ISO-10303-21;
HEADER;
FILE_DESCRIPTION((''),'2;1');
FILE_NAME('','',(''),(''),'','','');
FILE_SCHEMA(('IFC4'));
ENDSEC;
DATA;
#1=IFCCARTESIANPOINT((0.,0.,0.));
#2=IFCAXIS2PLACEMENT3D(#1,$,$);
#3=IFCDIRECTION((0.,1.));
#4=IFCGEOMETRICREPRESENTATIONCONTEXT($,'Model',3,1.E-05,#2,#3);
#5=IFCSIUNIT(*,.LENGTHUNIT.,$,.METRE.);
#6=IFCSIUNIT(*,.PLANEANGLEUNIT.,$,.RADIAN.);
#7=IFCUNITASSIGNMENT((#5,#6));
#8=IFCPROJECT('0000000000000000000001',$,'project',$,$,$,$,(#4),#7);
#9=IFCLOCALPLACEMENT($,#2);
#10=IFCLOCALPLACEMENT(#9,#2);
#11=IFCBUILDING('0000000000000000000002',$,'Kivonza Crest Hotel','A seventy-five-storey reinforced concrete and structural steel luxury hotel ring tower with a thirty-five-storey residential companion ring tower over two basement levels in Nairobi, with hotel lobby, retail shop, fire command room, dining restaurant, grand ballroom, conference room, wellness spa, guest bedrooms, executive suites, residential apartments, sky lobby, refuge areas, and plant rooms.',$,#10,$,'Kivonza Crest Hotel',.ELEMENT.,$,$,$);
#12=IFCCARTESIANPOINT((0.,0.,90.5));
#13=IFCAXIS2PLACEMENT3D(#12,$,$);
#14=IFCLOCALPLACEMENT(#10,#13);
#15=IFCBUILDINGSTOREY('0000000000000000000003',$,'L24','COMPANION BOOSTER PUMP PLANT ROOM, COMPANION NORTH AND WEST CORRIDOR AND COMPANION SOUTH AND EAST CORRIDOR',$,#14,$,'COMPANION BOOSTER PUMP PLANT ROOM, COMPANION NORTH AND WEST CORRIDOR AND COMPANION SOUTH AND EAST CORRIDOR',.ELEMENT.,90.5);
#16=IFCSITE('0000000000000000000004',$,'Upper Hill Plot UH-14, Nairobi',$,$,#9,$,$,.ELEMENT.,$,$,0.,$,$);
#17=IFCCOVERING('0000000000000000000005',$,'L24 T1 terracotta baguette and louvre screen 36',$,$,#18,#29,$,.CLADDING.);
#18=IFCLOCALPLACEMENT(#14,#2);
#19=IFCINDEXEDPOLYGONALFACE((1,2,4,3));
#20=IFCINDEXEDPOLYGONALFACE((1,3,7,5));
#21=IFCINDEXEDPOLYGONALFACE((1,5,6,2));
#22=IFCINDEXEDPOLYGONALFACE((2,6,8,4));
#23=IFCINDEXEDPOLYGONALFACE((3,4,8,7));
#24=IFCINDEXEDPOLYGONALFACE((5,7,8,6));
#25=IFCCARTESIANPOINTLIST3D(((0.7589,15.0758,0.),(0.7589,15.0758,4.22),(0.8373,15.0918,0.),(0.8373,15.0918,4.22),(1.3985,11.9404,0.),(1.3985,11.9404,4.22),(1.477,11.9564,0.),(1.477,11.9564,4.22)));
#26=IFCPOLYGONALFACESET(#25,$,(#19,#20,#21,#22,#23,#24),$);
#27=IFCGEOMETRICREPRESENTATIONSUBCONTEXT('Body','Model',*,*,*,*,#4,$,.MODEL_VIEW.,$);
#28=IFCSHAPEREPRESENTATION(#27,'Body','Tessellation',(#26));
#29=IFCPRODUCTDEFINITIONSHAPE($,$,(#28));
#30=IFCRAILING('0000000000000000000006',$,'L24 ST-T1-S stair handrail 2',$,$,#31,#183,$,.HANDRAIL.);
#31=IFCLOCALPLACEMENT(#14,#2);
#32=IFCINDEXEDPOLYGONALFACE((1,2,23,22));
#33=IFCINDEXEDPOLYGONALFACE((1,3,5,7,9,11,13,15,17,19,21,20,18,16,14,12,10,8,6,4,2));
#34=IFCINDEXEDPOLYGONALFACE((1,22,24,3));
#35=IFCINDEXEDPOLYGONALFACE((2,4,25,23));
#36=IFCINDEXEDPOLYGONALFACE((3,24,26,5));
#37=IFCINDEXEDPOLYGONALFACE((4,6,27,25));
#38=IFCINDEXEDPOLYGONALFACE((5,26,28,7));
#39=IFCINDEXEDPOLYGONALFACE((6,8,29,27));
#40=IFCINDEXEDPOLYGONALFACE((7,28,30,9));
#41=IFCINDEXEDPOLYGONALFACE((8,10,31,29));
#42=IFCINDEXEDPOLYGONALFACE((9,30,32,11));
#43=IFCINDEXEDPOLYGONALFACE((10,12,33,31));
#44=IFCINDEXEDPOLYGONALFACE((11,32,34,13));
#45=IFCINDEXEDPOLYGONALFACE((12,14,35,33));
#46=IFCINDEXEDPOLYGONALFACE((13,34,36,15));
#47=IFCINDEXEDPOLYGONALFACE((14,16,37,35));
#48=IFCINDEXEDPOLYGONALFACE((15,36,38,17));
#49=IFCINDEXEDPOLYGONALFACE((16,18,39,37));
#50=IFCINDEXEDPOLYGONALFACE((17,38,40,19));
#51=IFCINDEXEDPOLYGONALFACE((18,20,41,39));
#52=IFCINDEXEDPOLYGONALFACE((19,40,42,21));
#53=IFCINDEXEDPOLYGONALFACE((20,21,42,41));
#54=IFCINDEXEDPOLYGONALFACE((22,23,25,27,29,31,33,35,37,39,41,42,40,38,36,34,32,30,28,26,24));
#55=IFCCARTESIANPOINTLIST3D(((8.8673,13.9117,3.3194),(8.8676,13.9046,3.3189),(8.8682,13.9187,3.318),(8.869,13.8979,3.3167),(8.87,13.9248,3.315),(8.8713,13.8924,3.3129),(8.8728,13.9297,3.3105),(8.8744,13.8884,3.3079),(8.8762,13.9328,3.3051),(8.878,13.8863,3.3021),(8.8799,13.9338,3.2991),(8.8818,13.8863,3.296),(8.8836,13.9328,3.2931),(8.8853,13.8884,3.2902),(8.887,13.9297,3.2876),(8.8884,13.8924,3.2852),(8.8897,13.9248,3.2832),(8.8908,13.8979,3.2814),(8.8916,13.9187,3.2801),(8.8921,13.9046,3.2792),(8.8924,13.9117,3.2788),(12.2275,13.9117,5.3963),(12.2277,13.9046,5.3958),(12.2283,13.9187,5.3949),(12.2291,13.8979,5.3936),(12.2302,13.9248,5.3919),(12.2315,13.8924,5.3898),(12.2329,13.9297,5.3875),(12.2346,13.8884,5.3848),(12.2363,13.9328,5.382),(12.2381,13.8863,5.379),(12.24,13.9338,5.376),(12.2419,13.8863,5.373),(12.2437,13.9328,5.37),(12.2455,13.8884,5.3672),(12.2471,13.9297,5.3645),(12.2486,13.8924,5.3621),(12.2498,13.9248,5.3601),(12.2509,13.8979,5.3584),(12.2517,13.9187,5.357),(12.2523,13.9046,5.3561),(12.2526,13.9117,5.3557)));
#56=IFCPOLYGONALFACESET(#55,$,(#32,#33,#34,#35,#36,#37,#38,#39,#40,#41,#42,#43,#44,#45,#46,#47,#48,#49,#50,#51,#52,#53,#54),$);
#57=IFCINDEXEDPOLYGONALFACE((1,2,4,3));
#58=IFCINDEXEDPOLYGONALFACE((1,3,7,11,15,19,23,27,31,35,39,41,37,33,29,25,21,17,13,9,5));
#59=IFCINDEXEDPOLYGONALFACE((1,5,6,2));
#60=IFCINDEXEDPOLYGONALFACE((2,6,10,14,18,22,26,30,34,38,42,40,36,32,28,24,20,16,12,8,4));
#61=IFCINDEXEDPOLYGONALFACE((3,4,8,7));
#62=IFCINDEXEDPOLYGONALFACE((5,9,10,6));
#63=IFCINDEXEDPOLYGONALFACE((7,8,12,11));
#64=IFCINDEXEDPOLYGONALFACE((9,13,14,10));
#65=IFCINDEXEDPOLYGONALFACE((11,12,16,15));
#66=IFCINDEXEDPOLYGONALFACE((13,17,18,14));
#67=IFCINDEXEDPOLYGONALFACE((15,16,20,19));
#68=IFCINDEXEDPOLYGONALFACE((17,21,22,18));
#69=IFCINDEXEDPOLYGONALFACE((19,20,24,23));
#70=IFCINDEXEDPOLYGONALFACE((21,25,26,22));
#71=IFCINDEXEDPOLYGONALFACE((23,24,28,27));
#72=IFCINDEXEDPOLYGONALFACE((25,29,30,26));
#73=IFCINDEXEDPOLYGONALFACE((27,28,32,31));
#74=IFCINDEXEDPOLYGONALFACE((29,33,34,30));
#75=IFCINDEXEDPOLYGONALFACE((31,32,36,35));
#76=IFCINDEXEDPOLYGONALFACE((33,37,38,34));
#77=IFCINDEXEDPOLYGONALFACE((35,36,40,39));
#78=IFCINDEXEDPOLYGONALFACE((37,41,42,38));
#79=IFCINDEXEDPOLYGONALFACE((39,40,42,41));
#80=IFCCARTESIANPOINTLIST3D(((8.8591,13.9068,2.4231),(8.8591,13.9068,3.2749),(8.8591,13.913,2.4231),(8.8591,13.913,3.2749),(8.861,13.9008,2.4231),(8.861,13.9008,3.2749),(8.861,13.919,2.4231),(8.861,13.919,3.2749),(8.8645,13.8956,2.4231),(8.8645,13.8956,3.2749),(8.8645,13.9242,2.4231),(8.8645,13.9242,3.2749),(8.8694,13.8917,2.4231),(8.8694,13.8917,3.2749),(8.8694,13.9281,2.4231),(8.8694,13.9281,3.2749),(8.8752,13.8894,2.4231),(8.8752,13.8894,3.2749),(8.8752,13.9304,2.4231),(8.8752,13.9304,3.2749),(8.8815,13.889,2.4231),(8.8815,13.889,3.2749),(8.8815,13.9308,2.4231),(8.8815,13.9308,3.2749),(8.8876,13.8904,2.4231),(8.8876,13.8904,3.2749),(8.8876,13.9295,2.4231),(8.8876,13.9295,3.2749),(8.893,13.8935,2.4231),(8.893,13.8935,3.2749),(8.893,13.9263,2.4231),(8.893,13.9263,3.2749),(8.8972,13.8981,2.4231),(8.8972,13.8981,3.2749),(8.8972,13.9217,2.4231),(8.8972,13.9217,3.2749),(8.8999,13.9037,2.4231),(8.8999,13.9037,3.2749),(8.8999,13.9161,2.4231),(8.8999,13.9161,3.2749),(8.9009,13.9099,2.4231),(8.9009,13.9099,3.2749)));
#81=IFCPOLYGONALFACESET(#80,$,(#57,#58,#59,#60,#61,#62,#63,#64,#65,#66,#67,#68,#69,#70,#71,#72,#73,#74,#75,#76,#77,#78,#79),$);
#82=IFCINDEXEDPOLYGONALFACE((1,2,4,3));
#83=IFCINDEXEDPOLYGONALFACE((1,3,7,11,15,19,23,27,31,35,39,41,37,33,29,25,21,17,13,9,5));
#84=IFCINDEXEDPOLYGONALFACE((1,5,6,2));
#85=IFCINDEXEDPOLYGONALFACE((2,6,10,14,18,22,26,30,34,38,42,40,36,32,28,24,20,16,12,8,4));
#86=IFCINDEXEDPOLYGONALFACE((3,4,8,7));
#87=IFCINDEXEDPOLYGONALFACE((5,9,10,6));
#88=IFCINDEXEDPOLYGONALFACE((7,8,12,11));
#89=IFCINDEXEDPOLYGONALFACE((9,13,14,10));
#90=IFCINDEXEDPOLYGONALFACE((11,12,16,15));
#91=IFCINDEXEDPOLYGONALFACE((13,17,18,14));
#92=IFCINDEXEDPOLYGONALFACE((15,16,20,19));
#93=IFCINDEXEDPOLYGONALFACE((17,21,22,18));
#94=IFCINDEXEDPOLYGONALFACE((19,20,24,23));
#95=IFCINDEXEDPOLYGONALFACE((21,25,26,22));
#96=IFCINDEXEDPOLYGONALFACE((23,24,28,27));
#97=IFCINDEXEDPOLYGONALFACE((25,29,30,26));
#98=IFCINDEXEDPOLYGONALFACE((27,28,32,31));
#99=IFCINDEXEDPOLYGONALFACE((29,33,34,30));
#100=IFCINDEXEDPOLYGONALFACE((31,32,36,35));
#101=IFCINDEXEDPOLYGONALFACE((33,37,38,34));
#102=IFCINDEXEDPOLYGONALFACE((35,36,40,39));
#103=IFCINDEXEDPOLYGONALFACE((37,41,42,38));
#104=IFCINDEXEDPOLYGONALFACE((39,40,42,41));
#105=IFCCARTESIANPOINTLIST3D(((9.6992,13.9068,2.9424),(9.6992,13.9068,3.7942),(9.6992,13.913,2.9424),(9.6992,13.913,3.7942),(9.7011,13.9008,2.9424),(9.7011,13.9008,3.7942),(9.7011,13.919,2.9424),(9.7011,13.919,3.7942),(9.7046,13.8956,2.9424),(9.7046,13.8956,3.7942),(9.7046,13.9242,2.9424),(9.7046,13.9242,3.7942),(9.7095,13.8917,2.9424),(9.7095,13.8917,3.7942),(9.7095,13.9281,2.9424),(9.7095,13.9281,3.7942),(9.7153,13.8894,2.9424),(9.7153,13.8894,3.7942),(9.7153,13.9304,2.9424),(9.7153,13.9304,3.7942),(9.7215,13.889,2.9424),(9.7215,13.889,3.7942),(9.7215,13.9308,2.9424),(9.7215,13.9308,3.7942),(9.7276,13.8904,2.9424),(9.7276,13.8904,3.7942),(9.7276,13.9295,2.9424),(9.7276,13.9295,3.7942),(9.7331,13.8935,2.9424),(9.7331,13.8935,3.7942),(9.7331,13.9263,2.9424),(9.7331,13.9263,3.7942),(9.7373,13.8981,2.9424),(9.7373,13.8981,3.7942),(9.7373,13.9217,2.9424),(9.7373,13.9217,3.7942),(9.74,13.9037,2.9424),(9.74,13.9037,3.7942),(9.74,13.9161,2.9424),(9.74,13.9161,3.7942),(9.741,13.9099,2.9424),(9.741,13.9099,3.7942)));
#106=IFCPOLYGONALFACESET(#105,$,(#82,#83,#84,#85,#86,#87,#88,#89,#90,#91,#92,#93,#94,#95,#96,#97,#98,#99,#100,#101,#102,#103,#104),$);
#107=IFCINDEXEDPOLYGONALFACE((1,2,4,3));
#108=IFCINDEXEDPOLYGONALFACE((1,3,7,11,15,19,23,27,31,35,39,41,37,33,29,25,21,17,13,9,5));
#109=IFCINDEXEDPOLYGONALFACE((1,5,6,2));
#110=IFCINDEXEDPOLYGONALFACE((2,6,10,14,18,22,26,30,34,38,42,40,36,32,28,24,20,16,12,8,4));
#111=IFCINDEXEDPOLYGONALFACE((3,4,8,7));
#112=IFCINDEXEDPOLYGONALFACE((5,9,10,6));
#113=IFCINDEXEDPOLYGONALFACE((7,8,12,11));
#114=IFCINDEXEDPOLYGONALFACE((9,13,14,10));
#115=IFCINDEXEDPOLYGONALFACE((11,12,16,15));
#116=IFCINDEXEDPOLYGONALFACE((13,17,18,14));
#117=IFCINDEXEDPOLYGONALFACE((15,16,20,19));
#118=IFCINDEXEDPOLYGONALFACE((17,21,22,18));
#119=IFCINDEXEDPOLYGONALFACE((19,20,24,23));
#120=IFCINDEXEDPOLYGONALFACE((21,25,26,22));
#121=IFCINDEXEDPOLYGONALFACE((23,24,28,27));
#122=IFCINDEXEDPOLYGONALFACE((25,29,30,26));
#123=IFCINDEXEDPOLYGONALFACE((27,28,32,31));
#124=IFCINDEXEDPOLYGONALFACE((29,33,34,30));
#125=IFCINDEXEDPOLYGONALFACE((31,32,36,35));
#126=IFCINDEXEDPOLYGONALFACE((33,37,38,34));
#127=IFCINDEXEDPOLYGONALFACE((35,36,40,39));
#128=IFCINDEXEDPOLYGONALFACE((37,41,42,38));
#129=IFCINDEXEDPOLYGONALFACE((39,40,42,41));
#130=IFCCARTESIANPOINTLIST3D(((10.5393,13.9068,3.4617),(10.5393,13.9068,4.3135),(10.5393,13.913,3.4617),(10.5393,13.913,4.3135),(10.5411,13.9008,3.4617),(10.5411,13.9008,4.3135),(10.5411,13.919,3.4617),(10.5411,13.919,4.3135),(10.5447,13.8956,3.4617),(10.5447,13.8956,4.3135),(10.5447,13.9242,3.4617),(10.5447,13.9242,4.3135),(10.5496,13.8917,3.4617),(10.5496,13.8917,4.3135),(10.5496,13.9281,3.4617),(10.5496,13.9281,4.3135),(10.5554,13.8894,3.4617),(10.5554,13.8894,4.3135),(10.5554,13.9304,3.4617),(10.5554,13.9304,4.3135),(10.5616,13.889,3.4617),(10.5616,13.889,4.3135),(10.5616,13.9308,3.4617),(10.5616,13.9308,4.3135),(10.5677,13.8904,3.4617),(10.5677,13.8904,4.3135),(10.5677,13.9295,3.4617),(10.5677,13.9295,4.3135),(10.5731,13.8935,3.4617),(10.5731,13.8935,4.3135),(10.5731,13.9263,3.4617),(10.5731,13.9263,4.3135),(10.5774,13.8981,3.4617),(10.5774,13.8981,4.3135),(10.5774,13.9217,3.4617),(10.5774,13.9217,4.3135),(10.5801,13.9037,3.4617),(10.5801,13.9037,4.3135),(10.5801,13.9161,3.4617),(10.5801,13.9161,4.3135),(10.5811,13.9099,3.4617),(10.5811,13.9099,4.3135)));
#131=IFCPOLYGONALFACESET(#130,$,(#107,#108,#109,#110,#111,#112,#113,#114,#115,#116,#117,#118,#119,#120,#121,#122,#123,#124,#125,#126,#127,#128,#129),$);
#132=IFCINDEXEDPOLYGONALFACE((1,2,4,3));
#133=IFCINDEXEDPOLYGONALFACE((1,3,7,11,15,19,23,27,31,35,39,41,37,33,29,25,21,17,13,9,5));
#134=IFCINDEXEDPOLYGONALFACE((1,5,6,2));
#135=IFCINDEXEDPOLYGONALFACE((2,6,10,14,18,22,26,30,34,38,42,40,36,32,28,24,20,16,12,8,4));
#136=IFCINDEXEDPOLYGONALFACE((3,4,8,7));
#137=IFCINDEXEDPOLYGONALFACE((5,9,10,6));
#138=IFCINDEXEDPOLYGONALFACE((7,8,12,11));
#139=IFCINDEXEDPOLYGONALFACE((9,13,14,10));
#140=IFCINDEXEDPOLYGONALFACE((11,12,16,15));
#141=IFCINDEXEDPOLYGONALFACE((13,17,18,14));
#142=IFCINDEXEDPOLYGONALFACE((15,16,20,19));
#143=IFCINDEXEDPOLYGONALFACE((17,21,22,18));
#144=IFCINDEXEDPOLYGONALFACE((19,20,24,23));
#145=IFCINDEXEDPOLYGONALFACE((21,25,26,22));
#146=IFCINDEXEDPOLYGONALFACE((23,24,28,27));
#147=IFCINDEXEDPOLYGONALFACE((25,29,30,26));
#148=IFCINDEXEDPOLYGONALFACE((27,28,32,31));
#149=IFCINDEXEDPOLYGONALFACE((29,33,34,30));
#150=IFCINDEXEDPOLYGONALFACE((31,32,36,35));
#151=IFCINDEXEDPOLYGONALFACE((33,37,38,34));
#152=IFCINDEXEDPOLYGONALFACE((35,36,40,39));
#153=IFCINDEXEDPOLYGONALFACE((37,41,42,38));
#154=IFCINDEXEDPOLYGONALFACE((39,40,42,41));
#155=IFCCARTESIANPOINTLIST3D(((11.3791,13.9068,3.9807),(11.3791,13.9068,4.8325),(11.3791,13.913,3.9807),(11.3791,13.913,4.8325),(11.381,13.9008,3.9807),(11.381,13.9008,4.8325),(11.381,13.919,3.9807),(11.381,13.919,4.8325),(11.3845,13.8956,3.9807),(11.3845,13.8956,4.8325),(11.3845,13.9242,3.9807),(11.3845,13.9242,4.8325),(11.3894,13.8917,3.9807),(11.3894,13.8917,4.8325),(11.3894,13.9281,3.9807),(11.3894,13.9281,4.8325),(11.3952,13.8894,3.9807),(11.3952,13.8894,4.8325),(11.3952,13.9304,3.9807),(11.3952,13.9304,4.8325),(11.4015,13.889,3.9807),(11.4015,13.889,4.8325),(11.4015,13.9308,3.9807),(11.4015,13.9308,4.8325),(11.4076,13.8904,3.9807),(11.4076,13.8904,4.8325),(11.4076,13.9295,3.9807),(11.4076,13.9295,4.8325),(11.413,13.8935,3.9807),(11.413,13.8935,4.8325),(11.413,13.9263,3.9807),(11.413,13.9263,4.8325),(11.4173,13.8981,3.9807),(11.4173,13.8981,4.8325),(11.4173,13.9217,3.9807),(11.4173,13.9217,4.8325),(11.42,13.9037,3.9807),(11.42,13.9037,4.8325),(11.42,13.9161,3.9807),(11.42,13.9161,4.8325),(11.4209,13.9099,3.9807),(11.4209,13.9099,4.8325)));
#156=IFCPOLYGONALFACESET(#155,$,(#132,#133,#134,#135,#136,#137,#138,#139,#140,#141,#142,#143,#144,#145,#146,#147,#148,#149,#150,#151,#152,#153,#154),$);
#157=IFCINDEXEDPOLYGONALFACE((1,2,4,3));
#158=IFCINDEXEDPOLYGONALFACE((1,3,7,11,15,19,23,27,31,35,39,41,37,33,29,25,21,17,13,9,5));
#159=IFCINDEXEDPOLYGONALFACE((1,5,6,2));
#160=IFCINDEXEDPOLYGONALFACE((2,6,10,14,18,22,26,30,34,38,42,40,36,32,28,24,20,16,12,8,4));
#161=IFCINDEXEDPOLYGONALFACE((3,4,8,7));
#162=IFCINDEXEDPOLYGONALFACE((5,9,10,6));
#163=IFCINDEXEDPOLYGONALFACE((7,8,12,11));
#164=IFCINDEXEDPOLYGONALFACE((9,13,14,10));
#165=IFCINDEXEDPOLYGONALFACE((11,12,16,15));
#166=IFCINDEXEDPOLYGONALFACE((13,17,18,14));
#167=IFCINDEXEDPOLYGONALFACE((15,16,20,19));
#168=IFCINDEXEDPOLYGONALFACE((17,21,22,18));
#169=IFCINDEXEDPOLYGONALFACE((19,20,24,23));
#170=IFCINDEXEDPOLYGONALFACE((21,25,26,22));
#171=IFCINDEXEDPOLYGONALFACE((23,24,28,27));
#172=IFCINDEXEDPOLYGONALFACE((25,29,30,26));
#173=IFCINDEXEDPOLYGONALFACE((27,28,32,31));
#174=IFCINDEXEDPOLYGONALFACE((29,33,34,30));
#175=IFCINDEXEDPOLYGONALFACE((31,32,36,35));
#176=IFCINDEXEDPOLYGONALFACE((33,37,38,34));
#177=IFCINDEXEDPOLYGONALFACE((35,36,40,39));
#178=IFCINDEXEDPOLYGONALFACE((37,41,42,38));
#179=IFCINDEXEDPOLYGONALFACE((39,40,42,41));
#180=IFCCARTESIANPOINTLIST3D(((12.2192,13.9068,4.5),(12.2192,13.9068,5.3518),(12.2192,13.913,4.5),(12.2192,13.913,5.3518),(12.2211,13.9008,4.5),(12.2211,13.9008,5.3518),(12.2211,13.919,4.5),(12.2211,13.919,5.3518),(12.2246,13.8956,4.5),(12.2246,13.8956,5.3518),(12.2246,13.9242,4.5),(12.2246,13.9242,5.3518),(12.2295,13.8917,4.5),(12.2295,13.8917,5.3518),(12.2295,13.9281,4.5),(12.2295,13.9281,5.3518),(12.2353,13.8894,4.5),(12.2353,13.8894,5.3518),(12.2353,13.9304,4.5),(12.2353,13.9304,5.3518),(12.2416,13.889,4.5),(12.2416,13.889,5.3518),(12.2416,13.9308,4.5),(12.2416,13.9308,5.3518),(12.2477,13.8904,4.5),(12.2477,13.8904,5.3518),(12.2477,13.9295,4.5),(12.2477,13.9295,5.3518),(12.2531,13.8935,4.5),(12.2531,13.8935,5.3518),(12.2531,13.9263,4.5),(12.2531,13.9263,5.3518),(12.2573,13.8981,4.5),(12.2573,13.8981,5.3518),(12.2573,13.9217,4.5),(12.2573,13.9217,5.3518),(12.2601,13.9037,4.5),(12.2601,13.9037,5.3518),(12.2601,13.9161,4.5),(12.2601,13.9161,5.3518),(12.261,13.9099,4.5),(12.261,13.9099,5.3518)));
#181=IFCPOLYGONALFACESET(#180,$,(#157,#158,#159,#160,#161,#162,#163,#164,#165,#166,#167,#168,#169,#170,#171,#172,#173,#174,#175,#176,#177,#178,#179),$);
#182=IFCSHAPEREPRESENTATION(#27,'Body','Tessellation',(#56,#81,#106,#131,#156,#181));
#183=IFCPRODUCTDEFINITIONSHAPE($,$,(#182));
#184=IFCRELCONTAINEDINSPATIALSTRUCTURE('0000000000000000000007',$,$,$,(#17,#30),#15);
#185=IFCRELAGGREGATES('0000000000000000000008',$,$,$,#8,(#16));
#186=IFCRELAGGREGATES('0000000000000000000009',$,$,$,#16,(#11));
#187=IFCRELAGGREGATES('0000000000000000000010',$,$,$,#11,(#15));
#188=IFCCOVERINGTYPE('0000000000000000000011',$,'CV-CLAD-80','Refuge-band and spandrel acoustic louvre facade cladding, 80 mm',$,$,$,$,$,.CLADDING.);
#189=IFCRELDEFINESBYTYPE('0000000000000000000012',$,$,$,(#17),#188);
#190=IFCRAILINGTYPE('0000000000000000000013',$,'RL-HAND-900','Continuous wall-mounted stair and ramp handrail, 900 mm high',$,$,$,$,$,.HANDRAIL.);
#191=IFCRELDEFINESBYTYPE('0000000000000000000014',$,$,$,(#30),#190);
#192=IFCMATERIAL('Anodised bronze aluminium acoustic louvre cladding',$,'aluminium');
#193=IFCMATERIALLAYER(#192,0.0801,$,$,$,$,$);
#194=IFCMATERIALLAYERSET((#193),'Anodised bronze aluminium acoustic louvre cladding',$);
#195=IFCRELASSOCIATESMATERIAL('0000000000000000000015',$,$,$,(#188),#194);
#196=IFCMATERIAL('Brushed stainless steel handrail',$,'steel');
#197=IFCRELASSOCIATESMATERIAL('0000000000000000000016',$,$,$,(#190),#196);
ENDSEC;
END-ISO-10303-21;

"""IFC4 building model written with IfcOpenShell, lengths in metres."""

from ifc_helpers import new_model, si_unit, direction, frame, origin, origin_2d, place, context, subcontext, project, spatial, rectangle, circle, extrude, material, layer, layer_set, type_object, element, save


model = new_model("IFC4")

# Units and contexts
model_context = context("Model", 3, precision=1e-05, world=origin(), true_north=direction((0.0, 1.0)))
body_context = subcontext(model_context, "Body", "Model", "MODEL_VIEW")
ifc_project = project(units=[si_unit("LENGTHUNIT", "METRE"), si_unit("PLANEANGLEUNIT", "RADIAN")], contexts=[model_context])

# Site, building, storey
site_placement = place(None, origin())
site = spatial("IfcSite", under=ifc_project, at=site_placement, Name="Upper Hill Plot UH-14, Nairobi", CompositionType="ELEMENT", RefElevation=0.0)
building_placement = place(site_placement, origin())
building = spatial("IfcBuilding", under=site, at=building_placement, Name="Kivonza Crest Hotel", Description="A seventy-five-storey reinforced concrete and structural steel luxury hotel ring tower with a thirty-five-storey residential companion ring tower over two basement levels in Nairobi, with hotel lobby, retail shop, fire command room, dining restaurant, grand ballroom, conference room, wellness spa, guest bedrooms, executive suites, residential apartments, sky lobby, refuge areas, and plant rooms.", LongName="Kivonza Crest Hotel", CompositionType="ELEMENT")
storey_placement = place(building_placement, frame((0.0, 0.0, 90.5)))
storey = spatial("IfcBuildingStorey", under=building, at=storey_placement, Name="L24", Description="COMPANION BOOSTER PUMP PLANT ROOM, COMPANION NORTH AND WEST CORRIDOR AND COMPANION SOUTH AND EAST CORRIDOR", LongName="COMPANION BOOSTER PUMP PLANT ROOM, COMPANION NORTH AND WEST CORRIDOR AND COMPANION SOUTH AND EAST CORRIDOR", CompositionType="ELEMENT", Elevation=90.5)

# Covering
ifc_material_1 = material(Name="Anodised bronze aluminium acoustic louvre cladding", Category="aluminium")
ifc_layer_1 = layer(ifc_material_1, 0.0801)
ifc_layer_set_1 = layer_set([ifc_layer_1], Name="Anodised bronze aluminium acoustic louvre cladding")
covering_type = type_object("IfcCoveringType", Name="CV-CLAD-80", Description="Refuge-band and spandrel acoustic louvre facade cladding, 80 mm", PredefinedType="CLADDING", material=ifc_layer_set_1)
covering_placement = place(storey_placement, frame((1.1179, 13.5161, 0.0), z_axis=(0.0, 0.0, 1.0), x_axis=(0.199881, -0.97982, 0.0)))
element("IfcCovering", 1, at=covering_placement, inside=storey, type_object=covering_type, Name="L24 T1 terracotta baguette and louvre screen 36", PredefinedType="CLADDING", context=body_context, shape_type="SweptSolid", body=[
    extrude(rectangle(XDim=3.2, YDim=0.0801, at=origin_2d()), origin(), (0.0, 0.0, 1.0), 4.22),
])

# Railing
ifc_material_2 = material(Name="Brushed stainless steel handrail", Category="steel")
railing_type_1 = type_object("IfcRailingType", Name="RL-HAND-900", Description="Continuous wall-mounted stair and ramp handrail, 900 mm high", PredefinedType="HANDRAIL", material=ifc_material_2)
railing_1_placement = place(storey_placement, frame((8.8799, 13.9099, 2.4231)))
element("IfcRailing", 2, at=railing_1_placement, inside=storey, type_object=railing_type_1, Name="L24 ST-T1-S stair handrail 2", PredefinedType="HANDRAIL", context=body_context, shape_type="SweptSolid", body=[
    extrude(circle(Radius=0.0239, at=origin_2d()), frame((0.0, 0.0, 0.876), z_axis=(0.850623, 0.0, 0.525776), x_axis=(0.0, 1.0, 0.0)), (0.0, 0.0, 1.0), 3.9502),
    extrude(circle(Radius=0.021, at=origin_2d()), origin(), (0.0, 0.0, 1.0), 0.8518),
    extrude(circle(Radius=0.021, at=origin_2d()), frame((0.8401, 0.0, 0.5193)), (0.0, 0.0, 1.0), 0.8518),
    extrude(circle(Radius=0.021, at=origin_2d()), frame((1.6802, 0.0, 1.0386)), (0.0, 0.0, 1.0), 0.8518),
    extrude(circle(Radius=0.021, at=origin_2d()), frame((2.52, 0.0, 1.5576)), (0.0, 0.0, 1.0), 0.8518),
    extrude(circle(Radius=0.021, at=origin_2d()), frame((3.3601, 0.0, 2.0769)), (0.0, 0.0, 1.0), 0.8518),
])

save(model, "model.ifc")
